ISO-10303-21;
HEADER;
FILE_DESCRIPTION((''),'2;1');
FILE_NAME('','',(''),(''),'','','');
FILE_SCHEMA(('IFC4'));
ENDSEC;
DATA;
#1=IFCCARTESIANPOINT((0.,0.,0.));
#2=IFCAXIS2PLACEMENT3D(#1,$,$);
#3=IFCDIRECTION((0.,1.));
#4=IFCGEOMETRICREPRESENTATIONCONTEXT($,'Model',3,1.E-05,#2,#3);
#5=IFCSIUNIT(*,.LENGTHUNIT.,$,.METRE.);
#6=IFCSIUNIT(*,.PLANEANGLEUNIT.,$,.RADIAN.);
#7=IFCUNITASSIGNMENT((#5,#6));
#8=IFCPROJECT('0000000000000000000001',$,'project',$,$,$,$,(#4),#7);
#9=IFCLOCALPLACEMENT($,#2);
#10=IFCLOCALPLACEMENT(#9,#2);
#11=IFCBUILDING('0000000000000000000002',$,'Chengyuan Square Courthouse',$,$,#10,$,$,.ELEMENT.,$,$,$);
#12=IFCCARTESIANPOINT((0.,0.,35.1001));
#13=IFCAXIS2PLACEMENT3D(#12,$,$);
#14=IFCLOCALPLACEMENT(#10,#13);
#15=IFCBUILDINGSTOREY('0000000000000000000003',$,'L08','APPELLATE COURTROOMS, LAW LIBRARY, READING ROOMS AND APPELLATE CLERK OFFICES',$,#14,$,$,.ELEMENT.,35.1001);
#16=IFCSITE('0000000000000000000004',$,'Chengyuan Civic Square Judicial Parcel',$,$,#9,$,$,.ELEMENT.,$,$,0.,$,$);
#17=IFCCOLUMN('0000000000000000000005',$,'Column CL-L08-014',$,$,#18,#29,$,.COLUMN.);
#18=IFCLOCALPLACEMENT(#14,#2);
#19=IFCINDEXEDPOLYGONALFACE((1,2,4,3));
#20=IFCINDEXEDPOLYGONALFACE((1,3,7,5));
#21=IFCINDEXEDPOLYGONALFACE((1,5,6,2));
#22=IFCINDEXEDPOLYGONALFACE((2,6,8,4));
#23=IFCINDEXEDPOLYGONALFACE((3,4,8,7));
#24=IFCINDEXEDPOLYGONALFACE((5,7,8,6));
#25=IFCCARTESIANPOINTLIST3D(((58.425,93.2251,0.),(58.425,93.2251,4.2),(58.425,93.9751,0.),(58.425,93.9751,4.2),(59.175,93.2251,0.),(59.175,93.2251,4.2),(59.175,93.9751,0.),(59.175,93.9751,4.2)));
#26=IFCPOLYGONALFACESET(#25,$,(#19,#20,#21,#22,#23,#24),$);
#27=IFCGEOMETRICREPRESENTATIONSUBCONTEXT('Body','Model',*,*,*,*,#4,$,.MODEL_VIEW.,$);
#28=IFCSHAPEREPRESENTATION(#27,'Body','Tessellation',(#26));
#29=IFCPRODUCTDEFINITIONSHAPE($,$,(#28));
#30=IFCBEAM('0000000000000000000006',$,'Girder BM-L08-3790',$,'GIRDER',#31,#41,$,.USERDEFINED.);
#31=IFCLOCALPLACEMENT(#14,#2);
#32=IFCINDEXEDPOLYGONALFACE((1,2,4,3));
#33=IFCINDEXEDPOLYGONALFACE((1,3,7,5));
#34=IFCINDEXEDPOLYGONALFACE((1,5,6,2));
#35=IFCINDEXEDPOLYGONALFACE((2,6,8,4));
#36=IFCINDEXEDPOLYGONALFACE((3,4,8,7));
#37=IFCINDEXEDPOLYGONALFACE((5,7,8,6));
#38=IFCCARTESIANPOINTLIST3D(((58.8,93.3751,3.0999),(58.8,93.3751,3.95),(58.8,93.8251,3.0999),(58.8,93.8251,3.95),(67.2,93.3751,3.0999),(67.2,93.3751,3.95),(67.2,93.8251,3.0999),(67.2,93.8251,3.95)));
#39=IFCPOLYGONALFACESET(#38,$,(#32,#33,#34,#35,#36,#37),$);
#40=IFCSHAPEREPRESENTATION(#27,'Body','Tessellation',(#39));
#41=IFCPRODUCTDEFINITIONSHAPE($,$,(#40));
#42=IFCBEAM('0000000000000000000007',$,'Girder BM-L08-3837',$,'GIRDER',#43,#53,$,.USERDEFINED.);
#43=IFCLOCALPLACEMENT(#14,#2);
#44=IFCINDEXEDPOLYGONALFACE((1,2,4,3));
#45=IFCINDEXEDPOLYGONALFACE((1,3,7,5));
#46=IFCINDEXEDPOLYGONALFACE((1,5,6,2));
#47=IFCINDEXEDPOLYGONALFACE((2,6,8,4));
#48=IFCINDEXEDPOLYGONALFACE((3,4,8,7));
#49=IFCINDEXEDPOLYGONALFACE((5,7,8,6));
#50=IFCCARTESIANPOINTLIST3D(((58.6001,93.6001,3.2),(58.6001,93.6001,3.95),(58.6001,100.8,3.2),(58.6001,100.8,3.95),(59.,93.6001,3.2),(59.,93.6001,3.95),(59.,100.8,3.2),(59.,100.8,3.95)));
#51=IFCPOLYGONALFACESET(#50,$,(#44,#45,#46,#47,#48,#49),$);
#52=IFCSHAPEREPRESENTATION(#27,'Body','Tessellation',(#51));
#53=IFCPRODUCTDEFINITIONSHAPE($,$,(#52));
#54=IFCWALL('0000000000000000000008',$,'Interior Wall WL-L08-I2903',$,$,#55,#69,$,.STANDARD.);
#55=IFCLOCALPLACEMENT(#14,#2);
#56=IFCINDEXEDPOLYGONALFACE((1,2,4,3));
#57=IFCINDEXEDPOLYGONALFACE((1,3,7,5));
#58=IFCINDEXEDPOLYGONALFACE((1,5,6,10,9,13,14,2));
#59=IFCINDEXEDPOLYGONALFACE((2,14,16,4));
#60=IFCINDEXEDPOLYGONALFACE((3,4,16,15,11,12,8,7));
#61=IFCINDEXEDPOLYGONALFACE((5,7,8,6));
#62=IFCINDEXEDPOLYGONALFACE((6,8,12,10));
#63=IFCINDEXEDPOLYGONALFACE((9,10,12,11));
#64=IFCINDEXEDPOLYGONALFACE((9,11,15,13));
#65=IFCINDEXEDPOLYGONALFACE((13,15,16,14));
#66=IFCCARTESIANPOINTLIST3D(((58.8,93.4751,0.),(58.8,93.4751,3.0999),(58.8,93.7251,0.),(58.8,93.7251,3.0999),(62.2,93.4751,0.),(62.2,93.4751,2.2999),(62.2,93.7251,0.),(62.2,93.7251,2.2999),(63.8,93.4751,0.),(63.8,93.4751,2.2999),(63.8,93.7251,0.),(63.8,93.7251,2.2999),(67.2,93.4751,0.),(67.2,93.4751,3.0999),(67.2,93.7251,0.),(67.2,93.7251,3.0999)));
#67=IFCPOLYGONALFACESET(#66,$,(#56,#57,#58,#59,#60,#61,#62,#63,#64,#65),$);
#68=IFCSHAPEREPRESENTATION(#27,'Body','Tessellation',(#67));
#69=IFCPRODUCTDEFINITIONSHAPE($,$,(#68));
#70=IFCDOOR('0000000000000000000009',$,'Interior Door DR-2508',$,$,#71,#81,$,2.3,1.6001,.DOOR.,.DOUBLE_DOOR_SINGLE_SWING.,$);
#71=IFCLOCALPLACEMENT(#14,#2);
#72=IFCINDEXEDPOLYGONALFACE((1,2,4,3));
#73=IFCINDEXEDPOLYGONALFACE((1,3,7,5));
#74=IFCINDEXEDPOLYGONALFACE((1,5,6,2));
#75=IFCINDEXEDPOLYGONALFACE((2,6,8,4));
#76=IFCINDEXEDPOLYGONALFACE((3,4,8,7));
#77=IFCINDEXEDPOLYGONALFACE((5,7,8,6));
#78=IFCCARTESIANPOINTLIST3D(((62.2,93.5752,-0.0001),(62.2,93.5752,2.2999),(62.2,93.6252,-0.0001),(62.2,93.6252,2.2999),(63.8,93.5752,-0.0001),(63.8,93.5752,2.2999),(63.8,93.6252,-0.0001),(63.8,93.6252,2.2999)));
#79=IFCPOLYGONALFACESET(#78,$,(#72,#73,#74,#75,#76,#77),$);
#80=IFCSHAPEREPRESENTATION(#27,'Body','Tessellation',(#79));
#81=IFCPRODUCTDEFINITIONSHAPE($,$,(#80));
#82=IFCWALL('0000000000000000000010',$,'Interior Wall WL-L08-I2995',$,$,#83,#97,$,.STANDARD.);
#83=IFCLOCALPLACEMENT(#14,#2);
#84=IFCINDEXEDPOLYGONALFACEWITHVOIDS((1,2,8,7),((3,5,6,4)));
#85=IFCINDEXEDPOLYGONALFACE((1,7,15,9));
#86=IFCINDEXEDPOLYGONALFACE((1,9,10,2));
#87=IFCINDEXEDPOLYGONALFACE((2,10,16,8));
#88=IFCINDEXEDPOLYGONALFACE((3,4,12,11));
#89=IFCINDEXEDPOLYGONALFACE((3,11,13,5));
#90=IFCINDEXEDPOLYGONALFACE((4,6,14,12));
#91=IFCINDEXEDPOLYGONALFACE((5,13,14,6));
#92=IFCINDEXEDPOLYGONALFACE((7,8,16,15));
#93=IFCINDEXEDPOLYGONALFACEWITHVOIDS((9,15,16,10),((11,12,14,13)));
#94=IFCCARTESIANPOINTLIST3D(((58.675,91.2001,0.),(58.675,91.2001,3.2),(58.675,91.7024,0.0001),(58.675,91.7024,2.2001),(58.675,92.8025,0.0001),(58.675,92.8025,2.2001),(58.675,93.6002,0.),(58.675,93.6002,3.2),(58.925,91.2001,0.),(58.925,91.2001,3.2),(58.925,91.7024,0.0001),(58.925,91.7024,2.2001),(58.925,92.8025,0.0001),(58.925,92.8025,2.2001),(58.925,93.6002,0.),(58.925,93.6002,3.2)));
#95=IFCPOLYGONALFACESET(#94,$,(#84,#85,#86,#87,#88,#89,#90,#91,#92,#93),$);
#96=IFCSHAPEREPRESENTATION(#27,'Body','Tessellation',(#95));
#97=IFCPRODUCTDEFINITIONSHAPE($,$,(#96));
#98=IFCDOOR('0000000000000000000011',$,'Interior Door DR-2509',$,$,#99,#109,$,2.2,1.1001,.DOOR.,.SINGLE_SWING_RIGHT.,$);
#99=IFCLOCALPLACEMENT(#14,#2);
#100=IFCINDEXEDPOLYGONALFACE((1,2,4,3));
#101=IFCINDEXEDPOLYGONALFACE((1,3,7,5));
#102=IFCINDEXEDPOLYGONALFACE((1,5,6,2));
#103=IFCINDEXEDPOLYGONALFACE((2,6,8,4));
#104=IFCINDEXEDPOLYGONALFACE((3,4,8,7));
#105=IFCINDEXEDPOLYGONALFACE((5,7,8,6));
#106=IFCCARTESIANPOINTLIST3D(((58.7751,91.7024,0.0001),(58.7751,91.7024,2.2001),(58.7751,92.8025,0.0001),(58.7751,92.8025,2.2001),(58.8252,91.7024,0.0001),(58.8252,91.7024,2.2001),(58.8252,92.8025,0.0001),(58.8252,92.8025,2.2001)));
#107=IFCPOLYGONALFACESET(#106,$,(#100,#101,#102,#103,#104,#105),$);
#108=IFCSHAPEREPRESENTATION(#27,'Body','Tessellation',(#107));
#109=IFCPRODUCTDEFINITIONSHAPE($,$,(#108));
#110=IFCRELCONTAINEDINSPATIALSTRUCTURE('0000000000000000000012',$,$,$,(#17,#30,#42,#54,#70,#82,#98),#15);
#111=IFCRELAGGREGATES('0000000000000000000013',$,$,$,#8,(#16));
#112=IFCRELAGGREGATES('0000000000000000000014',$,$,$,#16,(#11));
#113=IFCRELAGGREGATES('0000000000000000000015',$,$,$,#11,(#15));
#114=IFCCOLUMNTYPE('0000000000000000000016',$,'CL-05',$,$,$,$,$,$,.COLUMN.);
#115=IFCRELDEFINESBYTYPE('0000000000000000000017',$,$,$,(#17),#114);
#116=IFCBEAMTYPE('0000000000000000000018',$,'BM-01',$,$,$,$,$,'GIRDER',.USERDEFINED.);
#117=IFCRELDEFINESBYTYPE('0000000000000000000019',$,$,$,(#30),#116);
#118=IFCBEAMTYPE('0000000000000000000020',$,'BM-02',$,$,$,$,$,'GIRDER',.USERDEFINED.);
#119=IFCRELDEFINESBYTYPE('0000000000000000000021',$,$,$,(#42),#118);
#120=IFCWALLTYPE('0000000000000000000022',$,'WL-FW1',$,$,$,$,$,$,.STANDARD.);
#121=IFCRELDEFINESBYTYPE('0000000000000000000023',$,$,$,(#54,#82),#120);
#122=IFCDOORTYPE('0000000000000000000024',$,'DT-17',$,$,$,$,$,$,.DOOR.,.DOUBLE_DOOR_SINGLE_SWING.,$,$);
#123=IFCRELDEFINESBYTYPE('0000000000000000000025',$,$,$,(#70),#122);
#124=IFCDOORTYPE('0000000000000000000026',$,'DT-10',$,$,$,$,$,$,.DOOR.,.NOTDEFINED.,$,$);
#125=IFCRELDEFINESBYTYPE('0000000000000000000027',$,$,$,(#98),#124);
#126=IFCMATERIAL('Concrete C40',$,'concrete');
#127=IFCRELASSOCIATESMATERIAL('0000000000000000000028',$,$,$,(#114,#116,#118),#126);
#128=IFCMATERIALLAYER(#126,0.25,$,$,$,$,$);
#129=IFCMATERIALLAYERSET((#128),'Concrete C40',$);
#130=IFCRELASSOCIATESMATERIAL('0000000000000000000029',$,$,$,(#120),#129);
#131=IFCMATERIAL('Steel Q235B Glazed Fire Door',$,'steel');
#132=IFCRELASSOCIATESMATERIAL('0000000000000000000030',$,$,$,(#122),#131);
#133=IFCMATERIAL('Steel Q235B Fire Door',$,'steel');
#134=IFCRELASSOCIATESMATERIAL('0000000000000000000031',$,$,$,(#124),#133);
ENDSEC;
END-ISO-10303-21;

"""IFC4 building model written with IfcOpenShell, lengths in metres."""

from ifc_helpers import new_model, si_unit, direction, frame, frame_2d, origin, origin_2d, place, context, subcontext, project, spatial, rectangle, extrude, material, layer, layer_set, material_profile, profile_set, type_object, element, fill, save


model = new_model("IFC4")

# Units and contexts
model_context = context("Model", 3, precision=1e-05, world=origin(), true_north=direction((0.0, 1.0)))
body_context = subcontext(model_context, "Body", "Model", "MODEL_VIEW")
ifc_project = project(units=[si_unit("LENGTHUNIT", "METRE"), si_unit("PLANEANGLEUNIT", "RADIAN")], contexts=[model_context])

# Site, building, storey
site_placement = place(None, origin())
site = spatial("IfcSite", under=ifc_project, at=site_placement, Name="Chengyuan Civic Square Judicial Parcel", CompositionType="ELEMENT", RefElevation=0.0)
building_placement = place(site_placement, origin())
building = spatial("IfcBuilding", under=site, at=building_placement, Name="Chengyuan Square Courthouse", CompositionType="ELEMENT")
storey_placement = place(building_placement, frame((0.0, 0.0, 35.1001)))
storey = spatial("IfcBuildingStorey", under=building, at=storey_placement, Name="L08", Description="APPELLATE COURTROOMS, LAW LIBRARY, READING ROOMS AND APPELLATE CLERK OFFICES", CompositionType="ELEMENT", Elevation=35.1001)

# Column
ifc_material_1 = material(Name="Concrete C40", Category="concrete")
ifc_material_profile_1 = material_profile(ifc_material_1, rectangle(XDim=0.75, YDim=0.75, at=origin_2d()), Name="RC-COL-750x750")
ifc_profile_set_1 = profile_set([ifc_material_profile_1], Name="Concrete C40")
column_type = type_object("IfcColumnType", Name="CL-05", PredefinedType="COLUMN", material=ifc_profile_set_1)
column_placement = place(storey_placement, frame((58.8, 93.6001, 0.0), z_axis=(0.0, 0.0, 1.0), x_axis=(1.0, 0.0, 0.0)))
element("IfcColumn", 1, at=column_placement, inside=storey, type_object=column_type, Name="Column CL-L08-014", PredefinedType="COLUMN", context=body_context, shape_type="SweptSolid", body=[
    extrude(rectangle(XDim=0.75, YDim=0.75, at=origin_2d()), origin(), (0.0, 0.0, 1.0), 4.2),
])

# Beams
ifc_material_profile_2 = material_profile(ifc_material_1, rectangle(XDim=0.45, YDim=0.8501, at=origin_2d()), Name="RC-BM-450x850")
ifc_profile_set_2 = profile_set([ifc_material_profile_2], Name="Concrete C40")
beam_type_1 = type_object("IfcBeamType", Name="BM-01", ElementType="GIRDER", PredefinedType="USERDEFINED", material=ifc_profile_set_2)
beam_1_placement = place(storey_placement, frame((58.8, 93.6001, 3.5249), z_axis=(1.0, 0.0, 0.0), x_axis=(0.0, 1.0, 0.0)))
element("IfcBeam", 2, at=beam_1_placement, inside=storey, type_object=beam_type_1, Name="Girder BM-L08-3790", ObjectType="GIRDER", PredefinedType="USERDEFINED", context=body_context, shape_type="SweptSolid", body=[
    extrude(rectangle(XDim=0.45, YDim=0.8501, at=origin_2d()), origin(), (0.0, 0.0, 1.0), 8.3999),
])
ifc_material_profile_3 = material_profile(ifc_material_1, rectangle(XDim=0.3999, YDim=0.75, at=origin_2d()), Name="RC-BM-400x750")
ifc_profile_set_3 = profile_set([ifc_material_profile_3], Name="Concrete C40")
beam_type_2 = type_object("IfcBeamType", Name="BM-02", ElementType="GIRDER", PredefinedType="USERDEFINED", material=ifc_profile_set_3)
beam_2_placement = place(storey_placement, frame((58.8, 93.6001, 3.575), z_axis=(0.0, 1.0, 0.0), x_axis=(-1.0, 0.0, 0.0)))
element("IfcBeam", 3, at=beam_2_placement, inside=storey, type_object=beam_type_2, Name="Girder BM-L08-3837", ObjectType="GIRDER", PredefinedType="USERDEFINED", context=body_context, shape_type="SweptSolid", body=[
    extrude(rectangle(XDim=0.3999, YDim=0.75, at=origin_2d()), origin(), (0.0, 0.0, 1.0), 7.2),
])

# Walls, openings, doors
ifc_layer_1 = layer(ifc_material_1, 0.25)
ifc_layer_set_1 = layer_set([ifc_layer_1], Name="Concrete C40")
wall_type_1 = type_object("IfcWallType", Name="WL-FW1", PredefinedType="STANDARD", material=ifc_layer_set_1)
wall_1_placement = place(storey_placement, frame((58.8, 93.6001, 0.0), z_axis=(0.0, 0.0, 1.0), x_axis=(1.0, 0.0, 0.0)))
wall_1 = element("IfcWall", 4, at=wall_1_placement, inside=storey, type_object=wall_type_1, Name="Interior Wall WL-L08-I2903", PredefinedType="STANDARD", context=body_context, shape_type="SweptSolid", body=[
    extrude(rectangle(XDim=8.3999, YDim=0.25, at=frame_2d((4.2, 0.0))), origin(), (0.0, 0.0, 1.0), 3.0999),
])
opening_1_placement = place(wall_1_placement, frame((3.3999, 0.0, 0.0)))
opening_1 = element("IfcOpeningElement", 5, at=opening_1_placement, cuts=wall_1, PredefinedType="OPENING", context=body_context, shape_type="SweptSolid", body=[
    extrude(rectangle(XDim=1.6001, YDim=2.3, at=frame_2d((0.8, 1.1499))), frame((0.0, 0.137, 0.0), z_axis=(0.0, -1.0, 0.0), x_axis=(1.0, 0.0, 0.0)), (0.0, 0.0, 1.0), 0.2739),
])
ifc_material_2 = material(Name="Steel Q235B Glazed Fire Door", Category="steel")
door_type_1 = type_object("IfcDoorType", Name="DT-17", OperationType="DOUBLE_DOOR_SINGLE_SWING", PredefinedType="DOOR", material=ifc_material_2)
door_1_placement = place(opening_1_placement, frame((1.6001, 0.0, 0.0), z_axis=(0.0, 0.0, 1.0), x_axis=(-1.0, 0.0, 0.0)))
door_1 = element("IfcDoor", 6, at=door_1_placement, inside=storey, type_object=door_type_1, Name="Interior Door DR-2508", OperationType="DOUBLE_DOOR_SINGLE_SWING", OverallHeight=2.3, OverallWidth=1.6001, PredefinedType="DOOR", context=body_context, shape_type="SweptSolid", body=[
    extrude(rectangle(XDim=1.6001, YDim=2.3, at=frame_2d((0.8, 1.1499))), frame((0.0, 0.0249, 0.0), z_axis=(0.0, -1.0, 0.0), x_axis=(1.0, 0.0, 0.0)), (0.0, 0.0, 1.0), 0.05),
])
fill(opening_1, door_1)
wall_2_placement = place(storey_placement, frame((58.8, 91.2, 0.0), z_axis=(0.0, 0.0, 1.0), x_axis=(0.0, 1.0, 0.0)))
wall_2 = element("IfcWall", 7, at=wall_2_placement, inside=storey, type_object=wall_type_1, Name="Interior Wall WL-L08-I2995", PredefinedType="STANDARD", context=body_context, shape_type="SweptSolid", body=[
    extrude(rectangle(XDim=2.4001, YDim=0.25, at=frame_2d((1.2002, 0.0))), origin(), (0.0, 0.0, 1.0), 3.2),
])
opening_2_placement = place(wall_2_placement, frame((0.5024, 0.0, 0.0)))
opening_2 = element("IfcOpeningElement", 8, at=opening_2_placement, cuts=wall_2, PredefinedType="OPENING", context=body_context, shape_type="SweptSolid", body=[
    extrude(rectangle(XDim=1.1001, YDim=2.2, at=frame_2d((0.55, 1.1001))), frame((0.0, 0.137, 0.0), z_axis=(0.0, -1.0, 0.0), x_axis=(1.0, 0.0, 0.0)), (0.0, 0.0, 1.0), 0.2739),
])
ifc_material_3 = material(Name="Steel Q235B Fire Door", Category="steel")
door_type_2 = type_object("IfcDoorType", Name="DT-10", OperationType="NOTDEFINED", PredefinedType="DOOR", material=ifc_material_3)
door_2_placement = place(opening_2_placement, origin())
door_2 = element("IfcDoor", 9, at=door_2_placement, inside=storey, type_object=door_type_2, Name="Interior Door DR-2509", OperationType="SINGLE_SWING_RIGHT", OverallHeight=2.2, OverallWidth=1.1001, PredefinedType="DOOR", context=body_context, shape_type="SweptSolid", body=[
    extrude(rectangle(XDim=1.1001, YDim=2.2, at=frame_2d((0.55, 1.1001))), frame((0.0, 0.0249, 0.0), z_axis=(0.0, -1.0, 0.0), x_axis=(1.0, 0.0, 0.0)), (0.0, 0.0, 1.0), 0.05),
])
fill(opening_2, door_2)

save(model, "model.ifc")
